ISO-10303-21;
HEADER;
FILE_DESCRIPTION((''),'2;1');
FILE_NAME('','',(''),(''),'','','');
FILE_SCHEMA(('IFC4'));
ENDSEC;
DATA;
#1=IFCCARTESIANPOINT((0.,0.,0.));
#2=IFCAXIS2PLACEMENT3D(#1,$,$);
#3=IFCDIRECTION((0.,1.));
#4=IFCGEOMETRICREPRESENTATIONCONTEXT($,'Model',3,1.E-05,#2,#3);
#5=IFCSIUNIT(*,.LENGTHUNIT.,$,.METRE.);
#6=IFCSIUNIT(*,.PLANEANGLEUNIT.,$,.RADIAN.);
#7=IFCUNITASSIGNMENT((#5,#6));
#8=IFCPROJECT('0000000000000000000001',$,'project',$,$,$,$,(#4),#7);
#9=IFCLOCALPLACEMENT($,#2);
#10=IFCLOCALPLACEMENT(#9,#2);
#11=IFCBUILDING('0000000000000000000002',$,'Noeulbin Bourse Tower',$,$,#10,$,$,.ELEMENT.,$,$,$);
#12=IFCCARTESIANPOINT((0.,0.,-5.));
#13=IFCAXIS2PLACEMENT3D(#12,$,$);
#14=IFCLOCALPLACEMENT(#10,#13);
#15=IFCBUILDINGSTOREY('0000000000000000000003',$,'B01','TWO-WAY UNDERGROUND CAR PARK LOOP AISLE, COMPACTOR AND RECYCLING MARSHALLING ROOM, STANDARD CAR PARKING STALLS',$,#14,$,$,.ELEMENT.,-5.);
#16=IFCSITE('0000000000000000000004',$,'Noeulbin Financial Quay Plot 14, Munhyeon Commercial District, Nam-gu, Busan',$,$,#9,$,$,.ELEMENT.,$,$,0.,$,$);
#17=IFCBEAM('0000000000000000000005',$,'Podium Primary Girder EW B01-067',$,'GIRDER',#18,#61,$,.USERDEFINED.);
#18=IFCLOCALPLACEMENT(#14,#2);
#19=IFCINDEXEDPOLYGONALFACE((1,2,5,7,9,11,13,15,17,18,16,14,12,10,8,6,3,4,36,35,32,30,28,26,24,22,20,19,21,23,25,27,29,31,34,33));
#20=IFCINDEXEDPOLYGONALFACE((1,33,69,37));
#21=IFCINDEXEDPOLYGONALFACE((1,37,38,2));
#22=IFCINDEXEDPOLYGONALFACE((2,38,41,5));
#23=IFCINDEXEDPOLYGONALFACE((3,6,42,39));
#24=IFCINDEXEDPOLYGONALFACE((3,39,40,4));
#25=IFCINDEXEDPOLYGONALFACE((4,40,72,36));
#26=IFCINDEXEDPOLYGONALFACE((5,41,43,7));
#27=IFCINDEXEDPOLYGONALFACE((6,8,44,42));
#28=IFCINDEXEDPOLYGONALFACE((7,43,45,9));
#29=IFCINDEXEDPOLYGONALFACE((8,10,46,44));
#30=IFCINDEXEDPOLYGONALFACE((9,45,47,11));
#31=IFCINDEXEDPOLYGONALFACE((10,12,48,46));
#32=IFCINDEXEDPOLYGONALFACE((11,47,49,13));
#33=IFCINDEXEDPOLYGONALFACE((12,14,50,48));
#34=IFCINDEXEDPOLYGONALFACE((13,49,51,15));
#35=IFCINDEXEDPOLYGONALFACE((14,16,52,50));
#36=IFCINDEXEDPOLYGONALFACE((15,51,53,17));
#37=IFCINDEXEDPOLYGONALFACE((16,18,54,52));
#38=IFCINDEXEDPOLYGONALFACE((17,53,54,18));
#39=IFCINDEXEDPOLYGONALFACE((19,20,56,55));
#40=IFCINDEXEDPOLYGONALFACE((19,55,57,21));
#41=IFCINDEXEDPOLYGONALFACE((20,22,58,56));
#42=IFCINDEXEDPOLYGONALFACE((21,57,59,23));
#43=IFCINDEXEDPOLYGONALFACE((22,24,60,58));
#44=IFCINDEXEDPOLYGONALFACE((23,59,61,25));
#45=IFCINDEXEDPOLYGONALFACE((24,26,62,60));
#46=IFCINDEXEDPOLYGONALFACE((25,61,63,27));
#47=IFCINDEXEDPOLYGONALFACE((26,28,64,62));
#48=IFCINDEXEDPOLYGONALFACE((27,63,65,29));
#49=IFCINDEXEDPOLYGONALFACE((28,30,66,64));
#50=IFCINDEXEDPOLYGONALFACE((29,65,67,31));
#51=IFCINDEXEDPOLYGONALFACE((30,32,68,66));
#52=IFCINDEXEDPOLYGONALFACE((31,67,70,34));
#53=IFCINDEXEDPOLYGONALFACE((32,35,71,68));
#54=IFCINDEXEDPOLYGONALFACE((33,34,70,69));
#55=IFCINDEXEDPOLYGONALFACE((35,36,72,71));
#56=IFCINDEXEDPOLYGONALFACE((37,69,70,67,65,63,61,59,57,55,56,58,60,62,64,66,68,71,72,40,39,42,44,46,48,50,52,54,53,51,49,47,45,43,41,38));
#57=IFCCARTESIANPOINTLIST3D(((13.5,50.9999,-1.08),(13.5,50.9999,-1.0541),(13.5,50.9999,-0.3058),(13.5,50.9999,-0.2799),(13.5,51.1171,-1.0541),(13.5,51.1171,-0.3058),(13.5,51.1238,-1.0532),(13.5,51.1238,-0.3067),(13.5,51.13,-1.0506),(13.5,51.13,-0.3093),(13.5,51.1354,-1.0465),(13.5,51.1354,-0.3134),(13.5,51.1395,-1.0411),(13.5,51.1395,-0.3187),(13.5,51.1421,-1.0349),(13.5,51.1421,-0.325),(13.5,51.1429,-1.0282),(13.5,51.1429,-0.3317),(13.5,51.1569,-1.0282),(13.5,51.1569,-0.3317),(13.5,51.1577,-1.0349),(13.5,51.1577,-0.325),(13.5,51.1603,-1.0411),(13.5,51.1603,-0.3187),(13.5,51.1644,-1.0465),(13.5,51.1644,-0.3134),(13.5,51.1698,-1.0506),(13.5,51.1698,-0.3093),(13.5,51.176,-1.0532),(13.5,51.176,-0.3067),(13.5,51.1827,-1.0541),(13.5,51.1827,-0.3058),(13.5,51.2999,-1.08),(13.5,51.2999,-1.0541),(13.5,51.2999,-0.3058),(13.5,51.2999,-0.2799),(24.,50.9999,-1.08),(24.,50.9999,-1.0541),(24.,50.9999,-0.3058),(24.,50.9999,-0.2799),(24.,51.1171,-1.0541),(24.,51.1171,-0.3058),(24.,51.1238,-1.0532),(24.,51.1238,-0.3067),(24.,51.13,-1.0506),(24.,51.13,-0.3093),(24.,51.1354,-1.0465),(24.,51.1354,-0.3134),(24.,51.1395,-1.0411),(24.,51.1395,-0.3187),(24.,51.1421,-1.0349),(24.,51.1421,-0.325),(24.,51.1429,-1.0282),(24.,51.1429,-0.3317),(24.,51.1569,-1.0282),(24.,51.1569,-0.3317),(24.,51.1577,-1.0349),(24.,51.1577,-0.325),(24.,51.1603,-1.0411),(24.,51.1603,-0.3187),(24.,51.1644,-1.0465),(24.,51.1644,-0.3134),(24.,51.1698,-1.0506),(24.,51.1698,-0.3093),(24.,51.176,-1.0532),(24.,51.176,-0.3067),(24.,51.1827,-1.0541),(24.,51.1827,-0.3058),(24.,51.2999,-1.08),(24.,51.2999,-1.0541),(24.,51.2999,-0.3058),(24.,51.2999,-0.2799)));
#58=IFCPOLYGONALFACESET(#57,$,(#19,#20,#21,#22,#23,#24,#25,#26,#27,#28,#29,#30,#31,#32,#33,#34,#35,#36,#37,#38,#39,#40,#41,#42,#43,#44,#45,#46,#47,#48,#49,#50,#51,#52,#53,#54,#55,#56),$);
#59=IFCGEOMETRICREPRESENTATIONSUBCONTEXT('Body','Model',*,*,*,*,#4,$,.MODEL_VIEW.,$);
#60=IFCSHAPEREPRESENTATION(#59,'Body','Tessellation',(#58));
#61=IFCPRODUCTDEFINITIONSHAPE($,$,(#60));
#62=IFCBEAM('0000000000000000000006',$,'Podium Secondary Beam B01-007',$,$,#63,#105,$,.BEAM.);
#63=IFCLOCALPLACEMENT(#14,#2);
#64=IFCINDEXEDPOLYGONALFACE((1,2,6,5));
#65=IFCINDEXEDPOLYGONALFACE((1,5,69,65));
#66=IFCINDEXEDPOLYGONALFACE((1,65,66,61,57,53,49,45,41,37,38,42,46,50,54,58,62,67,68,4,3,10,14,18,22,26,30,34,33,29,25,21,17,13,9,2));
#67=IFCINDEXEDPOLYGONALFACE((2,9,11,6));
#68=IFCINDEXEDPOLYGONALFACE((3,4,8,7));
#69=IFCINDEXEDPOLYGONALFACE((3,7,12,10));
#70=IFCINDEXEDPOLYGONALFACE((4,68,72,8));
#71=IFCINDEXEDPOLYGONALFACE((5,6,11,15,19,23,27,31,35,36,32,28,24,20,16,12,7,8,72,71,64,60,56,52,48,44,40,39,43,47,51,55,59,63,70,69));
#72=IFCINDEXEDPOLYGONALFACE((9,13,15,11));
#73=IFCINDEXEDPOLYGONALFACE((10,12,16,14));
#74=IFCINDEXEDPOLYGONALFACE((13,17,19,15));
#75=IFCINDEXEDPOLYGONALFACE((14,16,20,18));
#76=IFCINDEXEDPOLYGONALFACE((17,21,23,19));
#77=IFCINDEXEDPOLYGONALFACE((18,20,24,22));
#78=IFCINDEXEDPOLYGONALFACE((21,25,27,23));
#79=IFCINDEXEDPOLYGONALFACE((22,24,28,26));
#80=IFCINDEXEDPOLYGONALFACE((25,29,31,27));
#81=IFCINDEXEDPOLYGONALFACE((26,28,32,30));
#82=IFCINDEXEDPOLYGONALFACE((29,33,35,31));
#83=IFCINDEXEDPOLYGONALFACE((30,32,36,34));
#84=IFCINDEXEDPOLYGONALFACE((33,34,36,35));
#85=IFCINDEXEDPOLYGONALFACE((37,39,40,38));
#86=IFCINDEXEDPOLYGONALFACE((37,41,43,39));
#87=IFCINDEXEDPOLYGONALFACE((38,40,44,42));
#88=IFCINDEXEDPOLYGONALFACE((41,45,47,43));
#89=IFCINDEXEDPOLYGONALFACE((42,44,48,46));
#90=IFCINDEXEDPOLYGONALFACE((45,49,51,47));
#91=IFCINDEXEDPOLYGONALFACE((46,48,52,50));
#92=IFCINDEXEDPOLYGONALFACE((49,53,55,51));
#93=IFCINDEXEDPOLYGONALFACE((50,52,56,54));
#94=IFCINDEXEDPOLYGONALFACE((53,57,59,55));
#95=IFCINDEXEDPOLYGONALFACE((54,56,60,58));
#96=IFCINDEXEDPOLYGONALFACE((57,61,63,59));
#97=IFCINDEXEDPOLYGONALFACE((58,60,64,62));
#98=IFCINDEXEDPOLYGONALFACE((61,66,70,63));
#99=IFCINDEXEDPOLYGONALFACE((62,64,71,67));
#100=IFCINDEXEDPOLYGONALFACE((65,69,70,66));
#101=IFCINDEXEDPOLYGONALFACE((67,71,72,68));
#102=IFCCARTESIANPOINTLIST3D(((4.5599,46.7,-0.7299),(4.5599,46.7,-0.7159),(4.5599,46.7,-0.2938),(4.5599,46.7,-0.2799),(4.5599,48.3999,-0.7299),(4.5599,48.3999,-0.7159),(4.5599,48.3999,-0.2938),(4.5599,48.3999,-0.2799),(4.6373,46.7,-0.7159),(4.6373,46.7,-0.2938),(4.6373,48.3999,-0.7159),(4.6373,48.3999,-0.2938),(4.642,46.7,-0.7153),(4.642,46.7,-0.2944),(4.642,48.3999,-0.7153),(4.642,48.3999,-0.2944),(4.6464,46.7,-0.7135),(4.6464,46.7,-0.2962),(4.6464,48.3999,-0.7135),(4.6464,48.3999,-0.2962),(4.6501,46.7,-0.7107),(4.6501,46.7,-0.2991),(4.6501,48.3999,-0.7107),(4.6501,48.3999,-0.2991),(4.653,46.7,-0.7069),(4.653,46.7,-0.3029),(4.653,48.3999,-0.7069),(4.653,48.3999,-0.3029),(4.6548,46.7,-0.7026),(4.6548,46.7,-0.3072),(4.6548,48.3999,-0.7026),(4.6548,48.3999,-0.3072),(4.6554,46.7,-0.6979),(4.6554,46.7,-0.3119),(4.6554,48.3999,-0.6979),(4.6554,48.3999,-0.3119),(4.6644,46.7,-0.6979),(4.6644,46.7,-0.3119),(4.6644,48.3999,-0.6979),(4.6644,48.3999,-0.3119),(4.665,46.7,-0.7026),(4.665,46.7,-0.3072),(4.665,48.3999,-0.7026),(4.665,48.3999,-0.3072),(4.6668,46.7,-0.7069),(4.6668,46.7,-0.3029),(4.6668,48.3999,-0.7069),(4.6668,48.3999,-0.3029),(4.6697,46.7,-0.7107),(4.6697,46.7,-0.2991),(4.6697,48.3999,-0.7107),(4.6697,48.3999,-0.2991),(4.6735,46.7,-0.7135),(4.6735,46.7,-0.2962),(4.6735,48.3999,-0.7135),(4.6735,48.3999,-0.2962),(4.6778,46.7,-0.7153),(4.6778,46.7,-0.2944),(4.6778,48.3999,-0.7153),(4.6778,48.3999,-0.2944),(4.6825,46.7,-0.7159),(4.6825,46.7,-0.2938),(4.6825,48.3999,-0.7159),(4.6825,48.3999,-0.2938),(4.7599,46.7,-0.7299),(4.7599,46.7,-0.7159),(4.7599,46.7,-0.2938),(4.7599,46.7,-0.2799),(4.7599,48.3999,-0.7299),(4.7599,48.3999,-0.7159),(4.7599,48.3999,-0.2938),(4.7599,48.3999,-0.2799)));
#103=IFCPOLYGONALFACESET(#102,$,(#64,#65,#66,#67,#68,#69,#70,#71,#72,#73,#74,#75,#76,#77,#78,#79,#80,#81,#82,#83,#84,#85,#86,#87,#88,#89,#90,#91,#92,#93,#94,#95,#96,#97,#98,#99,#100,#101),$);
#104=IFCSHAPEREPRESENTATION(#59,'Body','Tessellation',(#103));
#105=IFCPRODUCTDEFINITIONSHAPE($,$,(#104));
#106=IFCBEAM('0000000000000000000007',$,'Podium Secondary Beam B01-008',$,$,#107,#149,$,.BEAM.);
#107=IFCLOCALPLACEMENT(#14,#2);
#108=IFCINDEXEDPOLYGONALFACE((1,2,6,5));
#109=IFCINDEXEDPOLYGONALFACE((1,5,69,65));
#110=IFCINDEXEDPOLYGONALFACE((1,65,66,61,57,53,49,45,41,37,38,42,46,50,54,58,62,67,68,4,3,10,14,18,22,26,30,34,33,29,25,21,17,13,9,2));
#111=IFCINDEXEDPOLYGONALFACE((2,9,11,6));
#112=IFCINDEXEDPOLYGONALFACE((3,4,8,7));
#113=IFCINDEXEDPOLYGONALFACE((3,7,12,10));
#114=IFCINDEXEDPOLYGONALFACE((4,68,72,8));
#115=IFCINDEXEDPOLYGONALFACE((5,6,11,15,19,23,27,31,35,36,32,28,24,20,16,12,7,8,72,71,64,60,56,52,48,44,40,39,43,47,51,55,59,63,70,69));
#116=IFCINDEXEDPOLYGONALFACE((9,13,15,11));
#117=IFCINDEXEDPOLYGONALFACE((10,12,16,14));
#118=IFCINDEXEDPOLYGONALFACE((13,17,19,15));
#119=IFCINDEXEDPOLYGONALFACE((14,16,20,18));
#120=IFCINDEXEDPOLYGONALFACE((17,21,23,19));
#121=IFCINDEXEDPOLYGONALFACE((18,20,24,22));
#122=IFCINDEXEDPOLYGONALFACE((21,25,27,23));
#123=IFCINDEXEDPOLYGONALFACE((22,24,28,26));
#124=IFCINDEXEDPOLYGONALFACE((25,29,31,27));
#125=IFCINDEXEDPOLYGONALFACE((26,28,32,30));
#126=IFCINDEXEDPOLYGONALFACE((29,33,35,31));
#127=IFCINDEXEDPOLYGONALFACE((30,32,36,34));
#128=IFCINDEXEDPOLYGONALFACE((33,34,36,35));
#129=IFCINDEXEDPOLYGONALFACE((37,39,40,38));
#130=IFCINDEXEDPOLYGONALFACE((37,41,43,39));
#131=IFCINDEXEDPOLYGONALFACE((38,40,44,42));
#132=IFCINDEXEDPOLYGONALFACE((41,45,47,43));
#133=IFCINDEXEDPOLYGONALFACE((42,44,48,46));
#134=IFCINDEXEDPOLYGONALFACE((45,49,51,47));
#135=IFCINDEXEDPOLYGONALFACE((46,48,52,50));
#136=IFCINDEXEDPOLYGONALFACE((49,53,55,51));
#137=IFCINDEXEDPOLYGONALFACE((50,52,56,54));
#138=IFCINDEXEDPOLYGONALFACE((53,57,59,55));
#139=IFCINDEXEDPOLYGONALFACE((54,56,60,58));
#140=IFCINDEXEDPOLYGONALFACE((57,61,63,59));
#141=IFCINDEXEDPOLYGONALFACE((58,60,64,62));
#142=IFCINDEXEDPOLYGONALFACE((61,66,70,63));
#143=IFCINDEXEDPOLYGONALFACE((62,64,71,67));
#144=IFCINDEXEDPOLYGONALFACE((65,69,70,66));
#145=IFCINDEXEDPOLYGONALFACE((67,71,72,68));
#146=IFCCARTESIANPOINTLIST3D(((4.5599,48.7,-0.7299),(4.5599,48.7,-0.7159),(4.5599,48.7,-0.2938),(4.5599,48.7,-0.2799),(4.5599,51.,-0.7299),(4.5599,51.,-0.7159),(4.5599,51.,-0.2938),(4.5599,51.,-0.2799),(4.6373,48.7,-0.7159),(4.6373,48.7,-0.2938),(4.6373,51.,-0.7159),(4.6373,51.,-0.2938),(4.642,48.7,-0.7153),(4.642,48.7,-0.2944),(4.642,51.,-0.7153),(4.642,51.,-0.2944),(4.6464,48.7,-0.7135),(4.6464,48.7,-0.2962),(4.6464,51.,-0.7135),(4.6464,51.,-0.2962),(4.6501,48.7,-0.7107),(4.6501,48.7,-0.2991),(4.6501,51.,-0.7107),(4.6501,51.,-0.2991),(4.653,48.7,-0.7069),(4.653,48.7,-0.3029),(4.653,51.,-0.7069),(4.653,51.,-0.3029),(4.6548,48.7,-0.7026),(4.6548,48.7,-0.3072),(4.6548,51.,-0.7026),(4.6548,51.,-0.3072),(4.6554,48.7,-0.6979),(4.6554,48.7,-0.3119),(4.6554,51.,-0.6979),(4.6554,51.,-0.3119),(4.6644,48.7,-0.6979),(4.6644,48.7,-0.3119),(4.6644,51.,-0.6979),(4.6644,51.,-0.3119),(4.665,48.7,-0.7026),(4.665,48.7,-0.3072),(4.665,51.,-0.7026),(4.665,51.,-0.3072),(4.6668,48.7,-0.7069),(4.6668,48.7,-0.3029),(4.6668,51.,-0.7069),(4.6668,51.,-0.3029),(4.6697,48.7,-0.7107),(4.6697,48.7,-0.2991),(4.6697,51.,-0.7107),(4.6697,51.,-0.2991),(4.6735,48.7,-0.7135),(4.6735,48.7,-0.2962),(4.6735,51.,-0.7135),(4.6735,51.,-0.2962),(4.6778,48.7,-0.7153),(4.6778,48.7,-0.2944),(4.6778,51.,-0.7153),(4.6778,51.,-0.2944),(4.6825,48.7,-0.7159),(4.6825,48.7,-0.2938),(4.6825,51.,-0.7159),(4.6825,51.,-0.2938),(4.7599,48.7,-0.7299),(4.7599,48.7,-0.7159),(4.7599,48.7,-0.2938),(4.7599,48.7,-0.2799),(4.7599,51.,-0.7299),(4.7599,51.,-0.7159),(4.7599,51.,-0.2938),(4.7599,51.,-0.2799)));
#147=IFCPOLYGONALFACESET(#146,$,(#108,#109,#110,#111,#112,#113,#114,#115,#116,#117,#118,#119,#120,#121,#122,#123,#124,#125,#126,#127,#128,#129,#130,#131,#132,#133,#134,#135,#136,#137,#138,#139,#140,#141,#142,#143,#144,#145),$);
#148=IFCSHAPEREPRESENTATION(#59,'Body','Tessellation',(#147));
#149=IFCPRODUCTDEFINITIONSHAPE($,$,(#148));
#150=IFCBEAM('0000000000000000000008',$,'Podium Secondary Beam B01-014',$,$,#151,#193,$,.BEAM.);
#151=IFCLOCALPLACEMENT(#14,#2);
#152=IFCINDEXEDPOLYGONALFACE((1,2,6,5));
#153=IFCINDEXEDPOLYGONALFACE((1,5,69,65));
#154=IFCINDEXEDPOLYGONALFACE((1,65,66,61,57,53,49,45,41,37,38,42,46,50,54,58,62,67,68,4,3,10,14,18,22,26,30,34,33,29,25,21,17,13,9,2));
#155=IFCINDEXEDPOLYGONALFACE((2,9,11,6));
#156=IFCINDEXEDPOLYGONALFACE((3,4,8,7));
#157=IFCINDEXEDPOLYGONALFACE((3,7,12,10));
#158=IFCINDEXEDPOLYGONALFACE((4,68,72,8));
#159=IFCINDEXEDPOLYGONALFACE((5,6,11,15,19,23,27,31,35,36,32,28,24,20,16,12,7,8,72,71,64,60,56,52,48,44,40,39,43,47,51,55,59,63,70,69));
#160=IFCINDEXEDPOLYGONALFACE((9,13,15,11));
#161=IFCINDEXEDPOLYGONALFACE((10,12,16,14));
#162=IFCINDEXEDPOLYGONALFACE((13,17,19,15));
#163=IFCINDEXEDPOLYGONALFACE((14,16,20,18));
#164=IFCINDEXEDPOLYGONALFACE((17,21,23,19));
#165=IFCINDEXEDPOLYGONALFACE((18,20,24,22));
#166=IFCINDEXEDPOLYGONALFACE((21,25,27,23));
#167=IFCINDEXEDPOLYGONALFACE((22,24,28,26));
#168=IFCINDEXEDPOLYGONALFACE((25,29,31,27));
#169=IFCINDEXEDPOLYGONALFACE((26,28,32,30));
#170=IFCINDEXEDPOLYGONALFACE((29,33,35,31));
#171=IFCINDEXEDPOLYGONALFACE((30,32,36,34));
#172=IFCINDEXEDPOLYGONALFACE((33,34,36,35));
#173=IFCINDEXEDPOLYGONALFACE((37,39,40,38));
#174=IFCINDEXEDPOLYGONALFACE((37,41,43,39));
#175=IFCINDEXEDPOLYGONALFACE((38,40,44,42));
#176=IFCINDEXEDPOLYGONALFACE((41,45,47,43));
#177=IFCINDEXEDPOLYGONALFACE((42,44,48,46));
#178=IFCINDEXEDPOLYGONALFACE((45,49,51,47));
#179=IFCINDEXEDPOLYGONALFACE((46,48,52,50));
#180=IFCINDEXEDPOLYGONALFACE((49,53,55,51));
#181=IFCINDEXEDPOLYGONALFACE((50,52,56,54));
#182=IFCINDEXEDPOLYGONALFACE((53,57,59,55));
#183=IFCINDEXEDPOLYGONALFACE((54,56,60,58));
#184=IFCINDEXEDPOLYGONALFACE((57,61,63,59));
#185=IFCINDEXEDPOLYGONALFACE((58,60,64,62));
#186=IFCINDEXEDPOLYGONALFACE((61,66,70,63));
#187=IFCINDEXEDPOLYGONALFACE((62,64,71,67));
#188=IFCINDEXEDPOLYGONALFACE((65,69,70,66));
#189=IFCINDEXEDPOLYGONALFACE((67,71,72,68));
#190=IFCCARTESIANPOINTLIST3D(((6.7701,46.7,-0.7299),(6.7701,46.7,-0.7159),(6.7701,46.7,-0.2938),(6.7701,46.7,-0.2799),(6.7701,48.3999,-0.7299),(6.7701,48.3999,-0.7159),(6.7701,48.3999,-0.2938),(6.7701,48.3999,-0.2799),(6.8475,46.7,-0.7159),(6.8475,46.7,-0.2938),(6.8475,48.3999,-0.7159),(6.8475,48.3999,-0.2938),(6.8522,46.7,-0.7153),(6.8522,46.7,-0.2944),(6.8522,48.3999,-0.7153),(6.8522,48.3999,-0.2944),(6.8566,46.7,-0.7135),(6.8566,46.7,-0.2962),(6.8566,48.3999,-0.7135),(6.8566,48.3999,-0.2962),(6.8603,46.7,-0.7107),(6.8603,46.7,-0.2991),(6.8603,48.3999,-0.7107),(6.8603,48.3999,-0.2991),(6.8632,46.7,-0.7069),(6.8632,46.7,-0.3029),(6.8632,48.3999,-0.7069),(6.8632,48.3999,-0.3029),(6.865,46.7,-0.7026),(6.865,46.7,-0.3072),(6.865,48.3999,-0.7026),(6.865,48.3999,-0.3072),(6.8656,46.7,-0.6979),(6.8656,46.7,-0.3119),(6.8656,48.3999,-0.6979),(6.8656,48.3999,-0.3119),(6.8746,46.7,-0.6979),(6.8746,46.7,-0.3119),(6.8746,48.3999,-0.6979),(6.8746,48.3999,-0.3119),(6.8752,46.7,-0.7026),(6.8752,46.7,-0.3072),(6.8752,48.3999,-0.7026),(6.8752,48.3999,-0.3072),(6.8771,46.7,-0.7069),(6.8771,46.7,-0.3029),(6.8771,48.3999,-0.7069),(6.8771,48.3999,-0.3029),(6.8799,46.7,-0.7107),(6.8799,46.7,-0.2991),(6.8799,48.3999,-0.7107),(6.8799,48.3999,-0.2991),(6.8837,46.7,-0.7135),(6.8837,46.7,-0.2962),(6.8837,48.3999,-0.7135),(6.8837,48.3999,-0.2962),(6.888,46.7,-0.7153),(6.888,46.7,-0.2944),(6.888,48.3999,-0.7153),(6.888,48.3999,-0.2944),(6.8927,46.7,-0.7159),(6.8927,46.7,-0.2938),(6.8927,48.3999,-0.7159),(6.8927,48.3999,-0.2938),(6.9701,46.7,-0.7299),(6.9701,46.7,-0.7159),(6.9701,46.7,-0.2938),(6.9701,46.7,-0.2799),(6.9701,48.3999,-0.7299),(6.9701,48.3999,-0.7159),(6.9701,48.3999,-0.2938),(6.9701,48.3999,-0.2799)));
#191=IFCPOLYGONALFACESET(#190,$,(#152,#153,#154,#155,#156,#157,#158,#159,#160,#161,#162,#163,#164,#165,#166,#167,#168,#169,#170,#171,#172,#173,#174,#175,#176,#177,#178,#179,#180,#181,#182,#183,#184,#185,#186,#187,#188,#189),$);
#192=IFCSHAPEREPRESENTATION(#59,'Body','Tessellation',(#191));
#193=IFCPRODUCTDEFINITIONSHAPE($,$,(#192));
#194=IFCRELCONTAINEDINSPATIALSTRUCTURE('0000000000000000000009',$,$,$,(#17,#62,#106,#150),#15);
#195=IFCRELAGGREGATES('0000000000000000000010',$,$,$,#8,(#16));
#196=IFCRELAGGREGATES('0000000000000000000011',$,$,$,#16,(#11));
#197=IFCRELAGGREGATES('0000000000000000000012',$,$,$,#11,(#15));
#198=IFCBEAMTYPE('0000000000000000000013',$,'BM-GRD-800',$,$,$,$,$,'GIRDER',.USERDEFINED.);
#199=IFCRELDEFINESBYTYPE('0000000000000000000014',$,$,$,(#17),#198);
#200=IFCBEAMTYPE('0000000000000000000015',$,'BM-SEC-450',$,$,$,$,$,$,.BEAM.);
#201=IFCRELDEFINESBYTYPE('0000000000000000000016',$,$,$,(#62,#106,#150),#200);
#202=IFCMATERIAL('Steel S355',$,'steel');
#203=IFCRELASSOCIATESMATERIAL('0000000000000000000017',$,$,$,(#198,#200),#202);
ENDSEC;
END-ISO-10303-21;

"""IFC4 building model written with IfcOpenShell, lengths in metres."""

from ifc_helpers import new_model, si_unit, direction, frame, origin, origin_2d, place, context, subcontext, project, spatial, i_section, extrude, material, material_profile, profile_set, type_object, element, save


model = new_model("IFC4")

# Units and contexts
model_context = context("Model", 3, precision=1e-05, world=origin(), true_north=direction((0.0, 1.0)))
body_context = subcontext(model_context, "Body", "Model", "MODEL_VIEW")
ifc_project = project(units=[si_unit("LENGTHUNIT", "METRE"), si_unit("PLANEANGLEUNIT", "RADIAN")], contexts=[model_context])

# Site, building, storey
site_placement = place(None, origin())
site = spatial("IfcSite", under=ifc_project, at=site_placement, Name="Noeulbin Financial Quay Plot 14, Munhyeon Commercial District, Nam-gu, Busan", CompositionType="ELEMENT", RefElevation=0.0)
building_placement = place(site_placement, origin())
building = spatial("IfcBuilding", under=site, at=building_placement, Name="Noeulbin Bourse Tower", CompositionType="ELEMENT")
storey_placement = place(building_placement, frame((0.0, 0.0, -5.0)))
storey = spatial("IfcBuildingStorey", under=building, at=storey_placement, Name="B01", Description="TWO-WAY UNDERGROUND CAR PARK LOOP AISLE, COMPACTOR AND RECYCLING MARSHALLING ROOM, STANDARD CAR PARKING STALLS", CompositionType="ELEMENT", Elevation=-5.0)

# Beams
ifc_material_1 = material(Name="Steel S355", Category="steel")
ifc_material_profile_1 = material_profile(ifc_material_1, i_section(OverallWidth=0.3, OverallDepth=0.8, WebThickness=0.0139, FlangeThickness=0.0259, FilletRadius=0.0259, at=origin_2d()), Name="H-800x300x14x26", Category="LoadBearing")
ifc_profile_set_1 = profile_set([ifc_material_profile_1], Name="Steel S355")
beam_type_1 = type_object("IfcBeamType", Name="BM-GRD-800", ElementType="GIRDER", PredefinedType="USERDEFINED", material=ifc_profile_set_1)
beam_1_placement = place(storey_placement, frame((13.5, 51.1499, -0.6799), z_axis=(1.0, 0.0, 0.0), x_axis=(0.0, 1.0, 0.0)))
element("IfcBeam", 1, at=beam_1_placement, inside=storey, type_object=beam_type_1, Name="Podium Primary Girder EW B01-067", ObjectType="GIRDER", PredefinedType="USERDEFINED", context=body_context, shape_type="SweptSolid", body=[
    extrude(i_section(OverallWidth=0.3, OverallDepth=0.8, WebThickness=0.0139, FlangeThickness=0.0259, FilletRadius=0.0259, at=origin_2d()), origin(), (0.0, 0.0, 1.0), 10.5),
])
ifc_material_profile_2 = material_profile(ifc_material_1, i_section(OverallWidth=0.2, OverallDepth=0.45, WebThickness=0.009, FlangeThickness=0.0139, FilletRadius=0.0181, at=origin_2d()), Name="H-450x200x9x14", Category="LoadBearing")
ifc_profile_set_2 = profile_set([ifc_material_profile_2], Name="Steel S355")
beam_type_2 = type_object("IfcBeamType", Name="BM-SEC-450", PredefinedType="BEAM", material=ifc_profile_set_2)
beam_2_placement = place(storey_placement, frame((4.6599, 46.7, -0.5049), z_axis=(0.0, 1.0, 0.0), x_axis=(-1.0, 0.0, 0.0)))
element("IfcBeam", 2, at=beam_2_placement, inside=storey, type_object=beam_type_2, Name="Podium Secondary Beam B01-007", PredefinedType="BEAM", context=body_context, shape_type="SweptSolid", body=[
    extrude(i_section(OverallWidth=0.2, OverallDepth=0.45, WebThickness=0.009, FlangeThickness=0.0139, FilletRadius=0.0181, at=origin_2d()), origin(), (0.0, 0.0, 1.0), 1.7),
])
beam_3_placement = place(storey_placement, frame((4.6599, 48.7, -0.5049), z_axis=(0.0, 1.0, 0.0), x_axis=(-1.0, 0.0, 0.0)))
element("IfcBeam", 3, at=beam_3_placement, inside=storey, type_object=beam_type_2, Name="Podium Secondary Beam B01-008", PredefinedType="BEAM", context=body_context, shape_type="SweptSolid", body=[
    extrude(i_section(OverallWidth=0.2, OverallDepth=0.45, WebThickness=0.009, FlangeThickness=0.0139, FilletRadius=0.0181, at=origin_2d()), origin(), (0.0, 0.0, 1.0), 2.3),
])
beam_4_placement = place(storey_placement, frame((6.8701, 46.7, -0.5049), z_axis=(0.0, 1.0, 0.0), x_axis=(-1.0, 0.0, 0.0)))
element("IfcBeam", 4, at=beam_4_placement, inside=storey, type_object=beam_type_2, Name="Podium Secondary Beam B01-014", PredefinedType="BEAM", context=body_context, shape_type="SweptSolid", body=[
    extrude(i_section(OverallWidth=0.2, OverallDepth=0.45, WebThickness=0.009, FlangeThickness=0.0139, FilletRadius=0.0181, at=origin_2d()), origin(), (0.0, 0.0, 1.0), 1.7),
])

save(model, "model.ifc")
